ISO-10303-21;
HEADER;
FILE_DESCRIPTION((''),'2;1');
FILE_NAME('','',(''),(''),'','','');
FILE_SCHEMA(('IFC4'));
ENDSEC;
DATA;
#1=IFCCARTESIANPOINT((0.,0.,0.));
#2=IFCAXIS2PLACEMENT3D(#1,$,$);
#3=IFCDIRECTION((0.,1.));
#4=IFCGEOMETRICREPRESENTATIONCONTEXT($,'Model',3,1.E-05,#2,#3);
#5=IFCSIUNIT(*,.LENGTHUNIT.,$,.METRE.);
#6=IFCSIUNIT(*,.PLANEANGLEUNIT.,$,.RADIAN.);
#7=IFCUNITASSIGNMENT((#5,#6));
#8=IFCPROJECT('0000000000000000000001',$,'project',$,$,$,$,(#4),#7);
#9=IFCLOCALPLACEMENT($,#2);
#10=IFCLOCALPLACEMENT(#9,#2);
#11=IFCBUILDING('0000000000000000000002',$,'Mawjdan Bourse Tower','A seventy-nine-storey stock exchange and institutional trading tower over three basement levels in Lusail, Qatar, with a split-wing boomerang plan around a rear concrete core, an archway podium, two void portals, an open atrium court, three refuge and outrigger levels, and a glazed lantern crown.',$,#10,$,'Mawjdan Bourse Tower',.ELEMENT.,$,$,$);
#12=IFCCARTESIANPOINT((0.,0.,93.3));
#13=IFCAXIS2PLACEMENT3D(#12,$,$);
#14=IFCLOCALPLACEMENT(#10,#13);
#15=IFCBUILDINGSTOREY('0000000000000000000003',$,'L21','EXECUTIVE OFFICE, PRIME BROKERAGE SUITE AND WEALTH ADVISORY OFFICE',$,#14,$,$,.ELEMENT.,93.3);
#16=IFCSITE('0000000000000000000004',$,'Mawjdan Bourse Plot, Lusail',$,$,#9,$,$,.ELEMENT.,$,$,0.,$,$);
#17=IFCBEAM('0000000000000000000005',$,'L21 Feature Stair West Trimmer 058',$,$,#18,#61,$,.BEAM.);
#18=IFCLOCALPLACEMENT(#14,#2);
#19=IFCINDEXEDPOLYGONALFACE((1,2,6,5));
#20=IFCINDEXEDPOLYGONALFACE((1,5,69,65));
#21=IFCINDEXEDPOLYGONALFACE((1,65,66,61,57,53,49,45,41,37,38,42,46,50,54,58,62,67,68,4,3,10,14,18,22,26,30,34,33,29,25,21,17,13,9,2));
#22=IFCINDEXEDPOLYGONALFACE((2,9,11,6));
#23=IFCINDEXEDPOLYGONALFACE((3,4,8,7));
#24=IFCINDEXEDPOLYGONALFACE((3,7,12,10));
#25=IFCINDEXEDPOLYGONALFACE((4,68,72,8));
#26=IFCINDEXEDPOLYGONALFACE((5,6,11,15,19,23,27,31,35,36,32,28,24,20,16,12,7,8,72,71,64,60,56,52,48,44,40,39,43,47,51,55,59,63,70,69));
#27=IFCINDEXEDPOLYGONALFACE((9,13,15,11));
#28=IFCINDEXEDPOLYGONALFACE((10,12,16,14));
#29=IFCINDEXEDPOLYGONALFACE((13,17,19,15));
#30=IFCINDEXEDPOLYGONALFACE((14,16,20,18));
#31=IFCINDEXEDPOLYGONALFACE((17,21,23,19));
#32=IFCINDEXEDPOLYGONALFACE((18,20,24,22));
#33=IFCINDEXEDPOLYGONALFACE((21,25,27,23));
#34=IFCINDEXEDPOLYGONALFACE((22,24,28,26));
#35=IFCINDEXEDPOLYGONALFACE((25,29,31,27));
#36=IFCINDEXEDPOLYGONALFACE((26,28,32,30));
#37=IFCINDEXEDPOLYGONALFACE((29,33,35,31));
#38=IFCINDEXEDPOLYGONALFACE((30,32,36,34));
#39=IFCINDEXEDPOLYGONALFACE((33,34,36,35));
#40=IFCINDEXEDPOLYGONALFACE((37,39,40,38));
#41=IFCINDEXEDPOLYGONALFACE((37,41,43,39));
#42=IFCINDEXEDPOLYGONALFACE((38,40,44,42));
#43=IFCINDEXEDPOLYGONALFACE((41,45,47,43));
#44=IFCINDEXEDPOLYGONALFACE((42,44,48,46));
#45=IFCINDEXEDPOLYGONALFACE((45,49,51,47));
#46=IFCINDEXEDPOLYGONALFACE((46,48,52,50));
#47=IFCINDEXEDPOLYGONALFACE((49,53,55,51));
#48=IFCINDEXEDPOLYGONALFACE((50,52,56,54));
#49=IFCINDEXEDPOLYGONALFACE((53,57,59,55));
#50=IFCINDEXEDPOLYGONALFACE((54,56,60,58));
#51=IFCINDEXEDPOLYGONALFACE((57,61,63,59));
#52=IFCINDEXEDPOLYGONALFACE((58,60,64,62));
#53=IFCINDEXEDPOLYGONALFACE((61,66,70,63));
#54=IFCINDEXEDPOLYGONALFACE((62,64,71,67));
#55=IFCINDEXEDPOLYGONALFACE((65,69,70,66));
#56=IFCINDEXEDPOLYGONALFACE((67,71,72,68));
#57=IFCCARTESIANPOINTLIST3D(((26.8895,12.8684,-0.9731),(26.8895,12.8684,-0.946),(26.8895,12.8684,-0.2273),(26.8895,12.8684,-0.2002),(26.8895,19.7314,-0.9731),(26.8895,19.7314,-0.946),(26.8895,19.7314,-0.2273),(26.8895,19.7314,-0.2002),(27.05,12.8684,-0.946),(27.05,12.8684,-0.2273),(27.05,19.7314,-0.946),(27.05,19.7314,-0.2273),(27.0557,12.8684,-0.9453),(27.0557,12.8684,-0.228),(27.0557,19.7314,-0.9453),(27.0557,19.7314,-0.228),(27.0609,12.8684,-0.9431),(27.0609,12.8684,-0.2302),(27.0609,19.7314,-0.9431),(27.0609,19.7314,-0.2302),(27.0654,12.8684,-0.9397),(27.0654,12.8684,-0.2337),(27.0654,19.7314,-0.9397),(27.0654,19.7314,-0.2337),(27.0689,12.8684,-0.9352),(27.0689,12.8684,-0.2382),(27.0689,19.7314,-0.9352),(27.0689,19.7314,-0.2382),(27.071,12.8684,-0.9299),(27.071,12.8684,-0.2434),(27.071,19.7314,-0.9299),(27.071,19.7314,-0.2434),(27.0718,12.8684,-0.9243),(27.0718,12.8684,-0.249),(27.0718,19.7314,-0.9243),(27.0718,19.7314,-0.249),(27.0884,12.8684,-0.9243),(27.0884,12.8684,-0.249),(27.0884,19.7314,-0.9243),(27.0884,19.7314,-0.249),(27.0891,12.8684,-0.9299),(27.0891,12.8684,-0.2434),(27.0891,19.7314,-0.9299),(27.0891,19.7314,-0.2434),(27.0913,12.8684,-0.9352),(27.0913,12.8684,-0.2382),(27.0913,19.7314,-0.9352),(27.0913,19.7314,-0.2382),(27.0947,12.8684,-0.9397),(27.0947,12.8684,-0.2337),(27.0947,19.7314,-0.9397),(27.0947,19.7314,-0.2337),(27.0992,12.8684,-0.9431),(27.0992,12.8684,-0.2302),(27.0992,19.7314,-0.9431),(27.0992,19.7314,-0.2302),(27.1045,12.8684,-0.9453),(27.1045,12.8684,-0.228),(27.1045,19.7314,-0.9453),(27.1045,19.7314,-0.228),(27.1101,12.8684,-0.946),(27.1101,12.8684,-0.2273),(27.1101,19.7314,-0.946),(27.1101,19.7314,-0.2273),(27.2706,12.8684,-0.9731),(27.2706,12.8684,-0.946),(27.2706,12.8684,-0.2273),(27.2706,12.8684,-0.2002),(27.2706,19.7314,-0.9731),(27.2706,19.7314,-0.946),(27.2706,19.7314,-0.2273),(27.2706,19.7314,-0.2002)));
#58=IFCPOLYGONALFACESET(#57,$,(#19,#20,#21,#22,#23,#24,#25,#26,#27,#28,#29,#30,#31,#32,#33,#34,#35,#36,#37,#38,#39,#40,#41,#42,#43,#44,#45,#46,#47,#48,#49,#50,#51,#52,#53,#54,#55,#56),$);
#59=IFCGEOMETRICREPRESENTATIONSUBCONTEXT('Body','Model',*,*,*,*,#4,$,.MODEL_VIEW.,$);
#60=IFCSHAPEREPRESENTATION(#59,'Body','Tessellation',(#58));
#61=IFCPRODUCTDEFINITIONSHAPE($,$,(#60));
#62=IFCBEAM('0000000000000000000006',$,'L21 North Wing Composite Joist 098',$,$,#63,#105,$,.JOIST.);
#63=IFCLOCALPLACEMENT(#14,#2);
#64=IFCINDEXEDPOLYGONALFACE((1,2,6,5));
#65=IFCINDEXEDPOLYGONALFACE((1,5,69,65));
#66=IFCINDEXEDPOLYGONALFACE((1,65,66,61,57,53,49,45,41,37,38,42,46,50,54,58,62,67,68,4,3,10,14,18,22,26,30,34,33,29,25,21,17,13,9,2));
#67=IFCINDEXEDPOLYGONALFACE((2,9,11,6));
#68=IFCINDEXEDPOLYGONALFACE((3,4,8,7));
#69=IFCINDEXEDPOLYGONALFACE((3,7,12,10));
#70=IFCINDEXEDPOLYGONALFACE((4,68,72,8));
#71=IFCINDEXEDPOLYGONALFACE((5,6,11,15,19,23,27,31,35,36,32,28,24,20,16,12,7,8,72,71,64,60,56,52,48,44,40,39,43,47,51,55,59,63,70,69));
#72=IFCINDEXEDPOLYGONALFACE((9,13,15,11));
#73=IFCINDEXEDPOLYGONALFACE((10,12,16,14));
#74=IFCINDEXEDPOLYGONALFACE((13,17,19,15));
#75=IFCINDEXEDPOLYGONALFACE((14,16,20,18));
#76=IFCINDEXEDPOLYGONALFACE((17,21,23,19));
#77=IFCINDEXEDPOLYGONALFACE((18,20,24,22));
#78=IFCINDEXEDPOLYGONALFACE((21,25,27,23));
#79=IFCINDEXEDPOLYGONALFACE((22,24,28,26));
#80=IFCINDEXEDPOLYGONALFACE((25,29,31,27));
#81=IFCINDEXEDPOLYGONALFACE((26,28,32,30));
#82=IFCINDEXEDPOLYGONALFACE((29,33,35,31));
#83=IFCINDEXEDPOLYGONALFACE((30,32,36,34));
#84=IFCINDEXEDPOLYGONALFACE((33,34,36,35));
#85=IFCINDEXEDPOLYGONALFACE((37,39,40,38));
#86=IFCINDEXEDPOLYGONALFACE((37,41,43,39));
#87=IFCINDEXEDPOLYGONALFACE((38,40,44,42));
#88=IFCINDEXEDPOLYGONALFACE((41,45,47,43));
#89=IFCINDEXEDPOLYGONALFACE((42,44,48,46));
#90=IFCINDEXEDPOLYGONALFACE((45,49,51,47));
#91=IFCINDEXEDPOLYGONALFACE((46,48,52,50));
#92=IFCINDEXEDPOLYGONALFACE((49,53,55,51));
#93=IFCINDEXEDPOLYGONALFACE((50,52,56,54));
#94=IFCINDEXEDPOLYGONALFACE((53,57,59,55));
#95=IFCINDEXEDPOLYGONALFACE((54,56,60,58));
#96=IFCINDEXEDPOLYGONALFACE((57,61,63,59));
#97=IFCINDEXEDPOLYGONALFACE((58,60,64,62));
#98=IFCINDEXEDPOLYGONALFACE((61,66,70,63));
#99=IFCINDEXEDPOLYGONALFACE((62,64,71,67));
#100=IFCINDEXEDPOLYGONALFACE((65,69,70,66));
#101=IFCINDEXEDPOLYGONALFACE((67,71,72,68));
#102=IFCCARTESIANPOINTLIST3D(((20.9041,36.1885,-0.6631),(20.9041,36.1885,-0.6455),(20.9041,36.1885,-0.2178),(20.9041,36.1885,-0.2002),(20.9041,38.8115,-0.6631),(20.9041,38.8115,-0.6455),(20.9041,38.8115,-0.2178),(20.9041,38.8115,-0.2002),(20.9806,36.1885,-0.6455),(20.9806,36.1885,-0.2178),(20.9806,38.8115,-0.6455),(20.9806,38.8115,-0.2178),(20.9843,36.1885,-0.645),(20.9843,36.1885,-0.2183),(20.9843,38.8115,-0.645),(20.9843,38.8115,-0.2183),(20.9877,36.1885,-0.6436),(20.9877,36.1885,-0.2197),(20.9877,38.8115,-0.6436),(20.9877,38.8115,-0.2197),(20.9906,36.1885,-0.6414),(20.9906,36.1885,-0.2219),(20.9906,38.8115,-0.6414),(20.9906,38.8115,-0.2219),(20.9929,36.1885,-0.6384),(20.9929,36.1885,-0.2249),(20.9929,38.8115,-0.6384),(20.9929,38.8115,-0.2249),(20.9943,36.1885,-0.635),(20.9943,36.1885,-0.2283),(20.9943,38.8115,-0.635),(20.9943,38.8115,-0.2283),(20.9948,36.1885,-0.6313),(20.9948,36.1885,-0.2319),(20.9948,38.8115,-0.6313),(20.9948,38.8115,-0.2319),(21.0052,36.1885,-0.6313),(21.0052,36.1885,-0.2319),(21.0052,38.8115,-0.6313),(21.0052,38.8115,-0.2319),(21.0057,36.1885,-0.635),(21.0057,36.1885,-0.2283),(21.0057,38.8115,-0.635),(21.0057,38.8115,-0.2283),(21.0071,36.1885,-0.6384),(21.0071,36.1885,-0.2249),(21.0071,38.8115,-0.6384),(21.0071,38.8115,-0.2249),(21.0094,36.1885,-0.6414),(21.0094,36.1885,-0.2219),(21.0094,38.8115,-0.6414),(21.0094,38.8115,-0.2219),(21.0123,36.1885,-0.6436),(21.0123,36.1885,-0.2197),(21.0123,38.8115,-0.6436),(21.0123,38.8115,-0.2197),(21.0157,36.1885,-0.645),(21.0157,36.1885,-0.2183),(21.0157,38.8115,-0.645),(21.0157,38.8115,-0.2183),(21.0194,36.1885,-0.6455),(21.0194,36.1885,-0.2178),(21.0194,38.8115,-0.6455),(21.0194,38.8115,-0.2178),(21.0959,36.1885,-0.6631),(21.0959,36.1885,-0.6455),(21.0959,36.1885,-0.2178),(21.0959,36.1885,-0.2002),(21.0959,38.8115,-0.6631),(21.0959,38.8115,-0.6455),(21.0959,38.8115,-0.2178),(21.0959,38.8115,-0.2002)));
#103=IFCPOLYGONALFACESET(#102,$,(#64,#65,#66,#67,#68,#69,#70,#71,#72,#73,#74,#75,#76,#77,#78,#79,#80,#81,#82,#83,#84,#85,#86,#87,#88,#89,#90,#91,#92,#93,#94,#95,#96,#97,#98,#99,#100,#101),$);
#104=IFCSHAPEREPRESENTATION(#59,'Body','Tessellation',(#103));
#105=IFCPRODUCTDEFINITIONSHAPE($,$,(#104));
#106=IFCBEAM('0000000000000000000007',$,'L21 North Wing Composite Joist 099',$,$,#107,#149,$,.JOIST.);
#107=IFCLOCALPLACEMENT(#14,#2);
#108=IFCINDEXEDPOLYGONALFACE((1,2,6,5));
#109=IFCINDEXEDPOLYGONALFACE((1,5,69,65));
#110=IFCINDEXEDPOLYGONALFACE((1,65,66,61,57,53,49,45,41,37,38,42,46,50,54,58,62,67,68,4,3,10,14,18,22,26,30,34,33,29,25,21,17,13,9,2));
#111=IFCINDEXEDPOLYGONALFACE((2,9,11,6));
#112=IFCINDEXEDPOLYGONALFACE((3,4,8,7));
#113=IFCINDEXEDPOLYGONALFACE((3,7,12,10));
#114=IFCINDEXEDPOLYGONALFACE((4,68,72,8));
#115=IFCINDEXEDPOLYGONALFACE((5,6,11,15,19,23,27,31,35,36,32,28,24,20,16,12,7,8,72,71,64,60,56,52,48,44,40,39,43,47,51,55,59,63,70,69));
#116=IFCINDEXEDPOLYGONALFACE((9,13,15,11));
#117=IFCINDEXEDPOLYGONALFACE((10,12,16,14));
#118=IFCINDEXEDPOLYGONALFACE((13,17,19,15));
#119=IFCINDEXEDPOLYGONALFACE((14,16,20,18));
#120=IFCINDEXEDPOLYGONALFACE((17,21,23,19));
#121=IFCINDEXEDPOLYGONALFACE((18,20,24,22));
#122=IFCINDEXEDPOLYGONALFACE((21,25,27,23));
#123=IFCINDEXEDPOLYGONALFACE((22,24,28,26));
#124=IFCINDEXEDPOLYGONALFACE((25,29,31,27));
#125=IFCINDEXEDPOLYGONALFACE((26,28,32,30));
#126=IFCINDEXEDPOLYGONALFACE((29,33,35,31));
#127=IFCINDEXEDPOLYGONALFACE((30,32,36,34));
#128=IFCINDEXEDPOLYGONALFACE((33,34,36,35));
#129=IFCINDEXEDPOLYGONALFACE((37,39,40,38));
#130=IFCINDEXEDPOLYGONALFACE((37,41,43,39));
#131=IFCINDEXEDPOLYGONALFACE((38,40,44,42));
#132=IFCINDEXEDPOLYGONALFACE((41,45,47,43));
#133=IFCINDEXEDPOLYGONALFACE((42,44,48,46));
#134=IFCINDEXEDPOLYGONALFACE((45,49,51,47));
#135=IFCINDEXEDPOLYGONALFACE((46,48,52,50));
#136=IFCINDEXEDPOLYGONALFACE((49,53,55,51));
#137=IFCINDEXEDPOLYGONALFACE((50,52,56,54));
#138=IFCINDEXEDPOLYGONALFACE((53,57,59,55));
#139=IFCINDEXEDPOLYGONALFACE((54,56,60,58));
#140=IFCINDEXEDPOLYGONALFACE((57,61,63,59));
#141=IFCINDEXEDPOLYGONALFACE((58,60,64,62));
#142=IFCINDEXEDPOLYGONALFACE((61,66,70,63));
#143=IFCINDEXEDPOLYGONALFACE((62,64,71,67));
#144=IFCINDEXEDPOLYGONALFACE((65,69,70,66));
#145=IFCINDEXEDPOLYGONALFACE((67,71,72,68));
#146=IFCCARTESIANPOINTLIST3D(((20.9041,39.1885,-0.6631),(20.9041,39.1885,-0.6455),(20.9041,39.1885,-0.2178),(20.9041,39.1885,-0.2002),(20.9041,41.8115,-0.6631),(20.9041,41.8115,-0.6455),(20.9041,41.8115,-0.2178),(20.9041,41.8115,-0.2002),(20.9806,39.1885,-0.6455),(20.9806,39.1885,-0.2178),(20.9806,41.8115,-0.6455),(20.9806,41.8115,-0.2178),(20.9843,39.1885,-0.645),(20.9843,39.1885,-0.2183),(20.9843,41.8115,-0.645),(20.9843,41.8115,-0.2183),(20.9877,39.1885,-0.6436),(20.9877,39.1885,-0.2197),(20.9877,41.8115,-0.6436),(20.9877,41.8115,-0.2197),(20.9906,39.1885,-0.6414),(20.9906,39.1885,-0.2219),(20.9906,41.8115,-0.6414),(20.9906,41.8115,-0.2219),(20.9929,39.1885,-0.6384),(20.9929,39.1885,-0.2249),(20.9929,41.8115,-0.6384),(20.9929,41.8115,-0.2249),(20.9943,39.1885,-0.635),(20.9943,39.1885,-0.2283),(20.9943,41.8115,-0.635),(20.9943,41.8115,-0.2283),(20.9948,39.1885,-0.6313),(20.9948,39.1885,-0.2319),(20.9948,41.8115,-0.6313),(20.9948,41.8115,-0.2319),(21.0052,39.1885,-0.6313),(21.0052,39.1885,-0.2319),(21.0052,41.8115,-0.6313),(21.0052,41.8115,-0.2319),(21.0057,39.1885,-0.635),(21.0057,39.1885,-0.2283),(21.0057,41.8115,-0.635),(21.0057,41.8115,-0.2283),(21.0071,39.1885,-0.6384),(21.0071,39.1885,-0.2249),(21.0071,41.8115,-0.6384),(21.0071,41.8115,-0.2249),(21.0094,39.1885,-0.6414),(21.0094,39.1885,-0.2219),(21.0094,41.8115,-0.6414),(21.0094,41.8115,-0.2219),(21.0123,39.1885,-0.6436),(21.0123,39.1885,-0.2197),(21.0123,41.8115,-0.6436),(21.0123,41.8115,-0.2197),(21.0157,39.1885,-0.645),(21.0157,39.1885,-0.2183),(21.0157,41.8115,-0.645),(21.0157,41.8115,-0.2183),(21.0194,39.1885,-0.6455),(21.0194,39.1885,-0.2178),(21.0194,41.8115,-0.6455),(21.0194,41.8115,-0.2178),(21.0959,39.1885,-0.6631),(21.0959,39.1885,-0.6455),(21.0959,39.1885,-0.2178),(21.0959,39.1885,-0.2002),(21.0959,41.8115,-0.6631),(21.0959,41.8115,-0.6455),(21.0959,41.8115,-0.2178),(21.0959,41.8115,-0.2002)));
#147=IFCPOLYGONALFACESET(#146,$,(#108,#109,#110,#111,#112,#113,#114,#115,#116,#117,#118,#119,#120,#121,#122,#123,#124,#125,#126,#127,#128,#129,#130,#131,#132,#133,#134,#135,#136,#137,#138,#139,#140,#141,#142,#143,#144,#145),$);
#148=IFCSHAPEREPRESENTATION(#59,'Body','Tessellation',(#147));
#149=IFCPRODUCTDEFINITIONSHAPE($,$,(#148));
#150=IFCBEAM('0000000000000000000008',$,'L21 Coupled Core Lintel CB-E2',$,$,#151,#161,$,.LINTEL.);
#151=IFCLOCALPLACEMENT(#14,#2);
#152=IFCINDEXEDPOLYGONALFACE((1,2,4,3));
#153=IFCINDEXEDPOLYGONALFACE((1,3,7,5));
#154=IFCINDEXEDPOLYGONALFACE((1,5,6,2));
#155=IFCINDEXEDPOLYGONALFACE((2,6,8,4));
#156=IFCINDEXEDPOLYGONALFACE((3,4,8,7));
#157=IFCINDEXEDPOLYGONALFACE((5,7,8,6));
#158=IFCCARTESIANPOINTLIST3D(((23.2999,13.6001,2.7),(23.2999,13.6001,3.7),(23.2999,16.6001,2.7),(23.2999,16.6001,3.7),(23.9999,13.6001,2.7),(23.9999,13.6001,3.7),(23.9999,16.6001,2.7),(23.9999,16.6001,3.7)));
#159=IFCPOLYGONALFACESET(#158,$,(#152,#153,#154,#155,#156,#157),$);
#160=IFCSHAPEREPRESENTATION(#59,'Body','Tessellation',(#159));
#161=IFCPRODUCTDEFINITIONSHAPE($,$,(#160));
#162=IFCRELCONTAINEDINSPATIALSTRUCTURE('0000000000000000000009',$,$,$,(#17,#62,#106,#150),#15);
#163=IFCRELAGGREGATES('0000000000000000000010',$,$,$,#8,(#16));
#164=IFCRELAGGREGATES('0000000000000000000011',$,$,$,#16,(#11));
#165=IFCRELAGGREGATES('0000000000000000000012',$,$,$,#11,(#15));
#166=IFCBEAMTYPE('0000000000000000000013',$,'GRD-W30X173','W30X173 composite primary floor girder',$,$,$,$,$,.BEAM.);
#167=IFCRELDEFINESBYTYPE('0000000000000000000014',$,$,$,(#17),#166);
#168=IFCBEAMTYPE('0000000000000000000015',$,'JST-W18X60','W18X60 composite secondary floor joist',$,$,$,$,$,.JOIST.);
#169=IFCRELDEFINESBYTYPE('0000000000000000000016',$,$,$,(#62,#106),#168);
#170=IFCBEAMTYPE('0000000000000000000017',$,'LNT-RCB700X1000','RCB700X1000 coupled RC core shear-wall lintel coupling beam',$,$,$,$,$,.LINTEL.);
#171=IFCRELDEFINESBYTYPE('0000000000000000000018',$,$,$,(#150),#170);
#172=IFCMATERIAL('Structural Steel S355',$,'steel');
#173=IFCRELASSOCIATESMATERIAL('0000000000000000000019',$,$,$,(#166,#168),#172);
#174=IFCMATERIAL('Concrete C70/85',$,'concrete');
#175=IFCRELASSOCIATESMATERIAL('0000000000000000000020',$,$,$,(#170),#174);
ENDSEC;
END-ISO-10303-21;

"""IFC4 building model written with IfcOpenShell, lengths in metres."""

from ifc_helpers import new_model, si_unit, direction, frame, origin, origin_2d, place, context, subcontext, project, spatial, rectangle, i_section, extrude, material, material_profile, profile_set, type_object, element, save


model = new_model("IFC4")

# Units and contexts
model_context = context("Model", 3, precision=1e-05, world=origin(), true_north=direction((0.0, 1.0)))
body_context = subcontext(model_context, "Body", "Model", "MODEL_VIEW")
ifc_project = project(units=[si_unit("LENGTHUNIT", "METRE"), si_unit("PLANEANGLEUNIT", "RADIAN")], contexts=[model_context])

# Site, building, storey
site_placement = place(None, origin())
site = spatial("IfcSite", under=ifc_project, at=site_placement, Name="Mawjdan Bourse Plot, Lusail", CompositionType="ELEMENT", RefElevation=0.0)
building_placement = place(site_placement, origin())
building = spatial("IfcBuilding", under=site, at=building_placement, Name="Mawjdan Bourse Tower", Description="A seventy-nine-storey stock exchange and institutional trading tower over three basement levels in Lusail, Qatar, with a split-wing boomerang plan around a rear concrete core, an archway podium, two void portals, an open atrium court, three refuge and outrigger levels, and a glazed lantern crown.", LongName="Mawjdan Bourse Tower", CompositionType="ELEMENT")
storey_placement = place(building_placement, frame((0.0, 0.0, 93.3)))
storey = spatial("IfcBuildingStorey", under=building, at=storey_placement, Name="L21", Description="EXECUTIVE OFFICE, PRIME BROKERAGE SUITE AND WEALTH ADVISORY OFFICE", CompositionType="ELEMENT", Elevation=93.3)

# Shared definitions
ifc_material_1 = material(Name="Concrete C70/85", Category="concrete")

# Beams
ifc_material_2 = material(Name="Structural Steel S355", Category="steel")
ifc_material_profile_1 = material_profile(ifc_material_2, i_section(OverallWidth=0.3811, OverallDepth=0.7729, WebThickness=0.0166, FlangeThickness=0.0271, FilletRadius=0.0217, at=origin_2d()), Name="W30X173")
ifc_profile_set_1 = profile_set([ifc_material_profile_1], Name="Structural Steel S355")
beam_type_1 = type_object("IfcBeamType", Name="GRD-W30X173", Description="W30X173 composite primary floor girder", PredefinedType="BEAM", material=ifc_profile_set_1)
beam_1_placement = place(storey_placement, frame((27.0801, 12.8684, -0.5867), z_axis=(0.0, 1.0, 0.0), x_axis=(-1.0, 0.0, 0.0)))
element("IfcBeam", 1, at=beam_1_placement, inside=storey, type_object=beam_type_1, Name="L21 Feature Stair West Trimmer 058", PredefinedType="BEAM", context=body_context, shape_type="SweptSolid", body=[
    extrude(i_section(OverallWidth=0.3811, OverallDepth=0.7729, WebThickness=0.0166, FlangeThickness=0.0271, FilletRadius=0.0217, at=origin_2d()), origin(), (0.0, 0.0, 1.0), 6.863),
])
ifc_material_profile_2 = material_profile(ifc_material_2, i_section(OverallWidth=0.1919, OverallDepth=0.4629, WebThickness=0.0105, FlangeThickness=0.0176, FilletRadius=0.0142, at=origin_2d()), Name="W18X60")
ifc_profile_set_2 = profile_set([ifc_material_profile_2], Name="Structural Steel S355")
beam_type_2 = type_object("IfcBeamType", Name="JST-W18X60", Description="W18X60 composite secondary floor joist", PredefinedType="JOIST", material=ifc_profile_set_2)
for number, where, z_axis, x_axis, name in (
    (2, (21.0, 36.1885, -0.4316), (0.0, 1.0, 0.0), (-1.0, 0.0, 0.0), "L21 North Wing Composite Joist 098"),
    (3, (21.0, 39.1885, -0.4316), (0.0, 1.0, 0.0), (-1.0, 0.0, 0.0), "L21 North Wing Composite Joist 099"),
):
    element("IfcBeam", number, at=place(storey_placement, frame(where, z_axis=z_axis, x_axis=x_axis)), inside=storey, type_object=beam_type_2, Name=name, PredefinedType="JOIST", context=body_context, shape_type="SweptSolid", body=[
        extrude(i_section(OverallWidth=0.1919, OverallDepth=0.4629, WebThickness=0.0105, FlangeThickness=0.0176, FilletRadius=0.0142, at=origin_2d()), origin(), (0.0, 0.0, 1.0), 2.623),
    ])
ifc_material_profile_3 = material_profile(ifc_material_1, rectangle(XDim=0.7, YDim=1.0, at=origin_2d()), Name="RCB700X1000")
ifc_profile_set_3 = profile_set([ifc_material_profile_3], Name="Concrete C70/85")
beam_type_3 = type_object("IfcBeamType", Name="LNT-RCB700X1000", Description="RCB700X1000 coupled RC core shear-wall lintel coupling beam", PredefinedType="LINTEL", material=ifc_profile_set_3)
beam_2_placement = place(storey_placement, frame((23.6499, 13.6001, 3.2), z_axis=(0.0, 1.0, 0.0), x_axis=(-1.0, 0.0, 0.0)))
element("IfcBeam", 4, at=beam_2_placement, inside=storey, type_object=beam_type_3, Name="L21 Coupled Core Lintel CB-E2", PredefinedType="LINTEL", context=body_context, shape_type="SweptSolid", body=[
    extrude(rectangle(XDim=0.7, YDim=1.0, at=origin_2d()), origin(), (0.0, 0.0, 1.0), 3.0),
])

save(model, "model.ifc")
